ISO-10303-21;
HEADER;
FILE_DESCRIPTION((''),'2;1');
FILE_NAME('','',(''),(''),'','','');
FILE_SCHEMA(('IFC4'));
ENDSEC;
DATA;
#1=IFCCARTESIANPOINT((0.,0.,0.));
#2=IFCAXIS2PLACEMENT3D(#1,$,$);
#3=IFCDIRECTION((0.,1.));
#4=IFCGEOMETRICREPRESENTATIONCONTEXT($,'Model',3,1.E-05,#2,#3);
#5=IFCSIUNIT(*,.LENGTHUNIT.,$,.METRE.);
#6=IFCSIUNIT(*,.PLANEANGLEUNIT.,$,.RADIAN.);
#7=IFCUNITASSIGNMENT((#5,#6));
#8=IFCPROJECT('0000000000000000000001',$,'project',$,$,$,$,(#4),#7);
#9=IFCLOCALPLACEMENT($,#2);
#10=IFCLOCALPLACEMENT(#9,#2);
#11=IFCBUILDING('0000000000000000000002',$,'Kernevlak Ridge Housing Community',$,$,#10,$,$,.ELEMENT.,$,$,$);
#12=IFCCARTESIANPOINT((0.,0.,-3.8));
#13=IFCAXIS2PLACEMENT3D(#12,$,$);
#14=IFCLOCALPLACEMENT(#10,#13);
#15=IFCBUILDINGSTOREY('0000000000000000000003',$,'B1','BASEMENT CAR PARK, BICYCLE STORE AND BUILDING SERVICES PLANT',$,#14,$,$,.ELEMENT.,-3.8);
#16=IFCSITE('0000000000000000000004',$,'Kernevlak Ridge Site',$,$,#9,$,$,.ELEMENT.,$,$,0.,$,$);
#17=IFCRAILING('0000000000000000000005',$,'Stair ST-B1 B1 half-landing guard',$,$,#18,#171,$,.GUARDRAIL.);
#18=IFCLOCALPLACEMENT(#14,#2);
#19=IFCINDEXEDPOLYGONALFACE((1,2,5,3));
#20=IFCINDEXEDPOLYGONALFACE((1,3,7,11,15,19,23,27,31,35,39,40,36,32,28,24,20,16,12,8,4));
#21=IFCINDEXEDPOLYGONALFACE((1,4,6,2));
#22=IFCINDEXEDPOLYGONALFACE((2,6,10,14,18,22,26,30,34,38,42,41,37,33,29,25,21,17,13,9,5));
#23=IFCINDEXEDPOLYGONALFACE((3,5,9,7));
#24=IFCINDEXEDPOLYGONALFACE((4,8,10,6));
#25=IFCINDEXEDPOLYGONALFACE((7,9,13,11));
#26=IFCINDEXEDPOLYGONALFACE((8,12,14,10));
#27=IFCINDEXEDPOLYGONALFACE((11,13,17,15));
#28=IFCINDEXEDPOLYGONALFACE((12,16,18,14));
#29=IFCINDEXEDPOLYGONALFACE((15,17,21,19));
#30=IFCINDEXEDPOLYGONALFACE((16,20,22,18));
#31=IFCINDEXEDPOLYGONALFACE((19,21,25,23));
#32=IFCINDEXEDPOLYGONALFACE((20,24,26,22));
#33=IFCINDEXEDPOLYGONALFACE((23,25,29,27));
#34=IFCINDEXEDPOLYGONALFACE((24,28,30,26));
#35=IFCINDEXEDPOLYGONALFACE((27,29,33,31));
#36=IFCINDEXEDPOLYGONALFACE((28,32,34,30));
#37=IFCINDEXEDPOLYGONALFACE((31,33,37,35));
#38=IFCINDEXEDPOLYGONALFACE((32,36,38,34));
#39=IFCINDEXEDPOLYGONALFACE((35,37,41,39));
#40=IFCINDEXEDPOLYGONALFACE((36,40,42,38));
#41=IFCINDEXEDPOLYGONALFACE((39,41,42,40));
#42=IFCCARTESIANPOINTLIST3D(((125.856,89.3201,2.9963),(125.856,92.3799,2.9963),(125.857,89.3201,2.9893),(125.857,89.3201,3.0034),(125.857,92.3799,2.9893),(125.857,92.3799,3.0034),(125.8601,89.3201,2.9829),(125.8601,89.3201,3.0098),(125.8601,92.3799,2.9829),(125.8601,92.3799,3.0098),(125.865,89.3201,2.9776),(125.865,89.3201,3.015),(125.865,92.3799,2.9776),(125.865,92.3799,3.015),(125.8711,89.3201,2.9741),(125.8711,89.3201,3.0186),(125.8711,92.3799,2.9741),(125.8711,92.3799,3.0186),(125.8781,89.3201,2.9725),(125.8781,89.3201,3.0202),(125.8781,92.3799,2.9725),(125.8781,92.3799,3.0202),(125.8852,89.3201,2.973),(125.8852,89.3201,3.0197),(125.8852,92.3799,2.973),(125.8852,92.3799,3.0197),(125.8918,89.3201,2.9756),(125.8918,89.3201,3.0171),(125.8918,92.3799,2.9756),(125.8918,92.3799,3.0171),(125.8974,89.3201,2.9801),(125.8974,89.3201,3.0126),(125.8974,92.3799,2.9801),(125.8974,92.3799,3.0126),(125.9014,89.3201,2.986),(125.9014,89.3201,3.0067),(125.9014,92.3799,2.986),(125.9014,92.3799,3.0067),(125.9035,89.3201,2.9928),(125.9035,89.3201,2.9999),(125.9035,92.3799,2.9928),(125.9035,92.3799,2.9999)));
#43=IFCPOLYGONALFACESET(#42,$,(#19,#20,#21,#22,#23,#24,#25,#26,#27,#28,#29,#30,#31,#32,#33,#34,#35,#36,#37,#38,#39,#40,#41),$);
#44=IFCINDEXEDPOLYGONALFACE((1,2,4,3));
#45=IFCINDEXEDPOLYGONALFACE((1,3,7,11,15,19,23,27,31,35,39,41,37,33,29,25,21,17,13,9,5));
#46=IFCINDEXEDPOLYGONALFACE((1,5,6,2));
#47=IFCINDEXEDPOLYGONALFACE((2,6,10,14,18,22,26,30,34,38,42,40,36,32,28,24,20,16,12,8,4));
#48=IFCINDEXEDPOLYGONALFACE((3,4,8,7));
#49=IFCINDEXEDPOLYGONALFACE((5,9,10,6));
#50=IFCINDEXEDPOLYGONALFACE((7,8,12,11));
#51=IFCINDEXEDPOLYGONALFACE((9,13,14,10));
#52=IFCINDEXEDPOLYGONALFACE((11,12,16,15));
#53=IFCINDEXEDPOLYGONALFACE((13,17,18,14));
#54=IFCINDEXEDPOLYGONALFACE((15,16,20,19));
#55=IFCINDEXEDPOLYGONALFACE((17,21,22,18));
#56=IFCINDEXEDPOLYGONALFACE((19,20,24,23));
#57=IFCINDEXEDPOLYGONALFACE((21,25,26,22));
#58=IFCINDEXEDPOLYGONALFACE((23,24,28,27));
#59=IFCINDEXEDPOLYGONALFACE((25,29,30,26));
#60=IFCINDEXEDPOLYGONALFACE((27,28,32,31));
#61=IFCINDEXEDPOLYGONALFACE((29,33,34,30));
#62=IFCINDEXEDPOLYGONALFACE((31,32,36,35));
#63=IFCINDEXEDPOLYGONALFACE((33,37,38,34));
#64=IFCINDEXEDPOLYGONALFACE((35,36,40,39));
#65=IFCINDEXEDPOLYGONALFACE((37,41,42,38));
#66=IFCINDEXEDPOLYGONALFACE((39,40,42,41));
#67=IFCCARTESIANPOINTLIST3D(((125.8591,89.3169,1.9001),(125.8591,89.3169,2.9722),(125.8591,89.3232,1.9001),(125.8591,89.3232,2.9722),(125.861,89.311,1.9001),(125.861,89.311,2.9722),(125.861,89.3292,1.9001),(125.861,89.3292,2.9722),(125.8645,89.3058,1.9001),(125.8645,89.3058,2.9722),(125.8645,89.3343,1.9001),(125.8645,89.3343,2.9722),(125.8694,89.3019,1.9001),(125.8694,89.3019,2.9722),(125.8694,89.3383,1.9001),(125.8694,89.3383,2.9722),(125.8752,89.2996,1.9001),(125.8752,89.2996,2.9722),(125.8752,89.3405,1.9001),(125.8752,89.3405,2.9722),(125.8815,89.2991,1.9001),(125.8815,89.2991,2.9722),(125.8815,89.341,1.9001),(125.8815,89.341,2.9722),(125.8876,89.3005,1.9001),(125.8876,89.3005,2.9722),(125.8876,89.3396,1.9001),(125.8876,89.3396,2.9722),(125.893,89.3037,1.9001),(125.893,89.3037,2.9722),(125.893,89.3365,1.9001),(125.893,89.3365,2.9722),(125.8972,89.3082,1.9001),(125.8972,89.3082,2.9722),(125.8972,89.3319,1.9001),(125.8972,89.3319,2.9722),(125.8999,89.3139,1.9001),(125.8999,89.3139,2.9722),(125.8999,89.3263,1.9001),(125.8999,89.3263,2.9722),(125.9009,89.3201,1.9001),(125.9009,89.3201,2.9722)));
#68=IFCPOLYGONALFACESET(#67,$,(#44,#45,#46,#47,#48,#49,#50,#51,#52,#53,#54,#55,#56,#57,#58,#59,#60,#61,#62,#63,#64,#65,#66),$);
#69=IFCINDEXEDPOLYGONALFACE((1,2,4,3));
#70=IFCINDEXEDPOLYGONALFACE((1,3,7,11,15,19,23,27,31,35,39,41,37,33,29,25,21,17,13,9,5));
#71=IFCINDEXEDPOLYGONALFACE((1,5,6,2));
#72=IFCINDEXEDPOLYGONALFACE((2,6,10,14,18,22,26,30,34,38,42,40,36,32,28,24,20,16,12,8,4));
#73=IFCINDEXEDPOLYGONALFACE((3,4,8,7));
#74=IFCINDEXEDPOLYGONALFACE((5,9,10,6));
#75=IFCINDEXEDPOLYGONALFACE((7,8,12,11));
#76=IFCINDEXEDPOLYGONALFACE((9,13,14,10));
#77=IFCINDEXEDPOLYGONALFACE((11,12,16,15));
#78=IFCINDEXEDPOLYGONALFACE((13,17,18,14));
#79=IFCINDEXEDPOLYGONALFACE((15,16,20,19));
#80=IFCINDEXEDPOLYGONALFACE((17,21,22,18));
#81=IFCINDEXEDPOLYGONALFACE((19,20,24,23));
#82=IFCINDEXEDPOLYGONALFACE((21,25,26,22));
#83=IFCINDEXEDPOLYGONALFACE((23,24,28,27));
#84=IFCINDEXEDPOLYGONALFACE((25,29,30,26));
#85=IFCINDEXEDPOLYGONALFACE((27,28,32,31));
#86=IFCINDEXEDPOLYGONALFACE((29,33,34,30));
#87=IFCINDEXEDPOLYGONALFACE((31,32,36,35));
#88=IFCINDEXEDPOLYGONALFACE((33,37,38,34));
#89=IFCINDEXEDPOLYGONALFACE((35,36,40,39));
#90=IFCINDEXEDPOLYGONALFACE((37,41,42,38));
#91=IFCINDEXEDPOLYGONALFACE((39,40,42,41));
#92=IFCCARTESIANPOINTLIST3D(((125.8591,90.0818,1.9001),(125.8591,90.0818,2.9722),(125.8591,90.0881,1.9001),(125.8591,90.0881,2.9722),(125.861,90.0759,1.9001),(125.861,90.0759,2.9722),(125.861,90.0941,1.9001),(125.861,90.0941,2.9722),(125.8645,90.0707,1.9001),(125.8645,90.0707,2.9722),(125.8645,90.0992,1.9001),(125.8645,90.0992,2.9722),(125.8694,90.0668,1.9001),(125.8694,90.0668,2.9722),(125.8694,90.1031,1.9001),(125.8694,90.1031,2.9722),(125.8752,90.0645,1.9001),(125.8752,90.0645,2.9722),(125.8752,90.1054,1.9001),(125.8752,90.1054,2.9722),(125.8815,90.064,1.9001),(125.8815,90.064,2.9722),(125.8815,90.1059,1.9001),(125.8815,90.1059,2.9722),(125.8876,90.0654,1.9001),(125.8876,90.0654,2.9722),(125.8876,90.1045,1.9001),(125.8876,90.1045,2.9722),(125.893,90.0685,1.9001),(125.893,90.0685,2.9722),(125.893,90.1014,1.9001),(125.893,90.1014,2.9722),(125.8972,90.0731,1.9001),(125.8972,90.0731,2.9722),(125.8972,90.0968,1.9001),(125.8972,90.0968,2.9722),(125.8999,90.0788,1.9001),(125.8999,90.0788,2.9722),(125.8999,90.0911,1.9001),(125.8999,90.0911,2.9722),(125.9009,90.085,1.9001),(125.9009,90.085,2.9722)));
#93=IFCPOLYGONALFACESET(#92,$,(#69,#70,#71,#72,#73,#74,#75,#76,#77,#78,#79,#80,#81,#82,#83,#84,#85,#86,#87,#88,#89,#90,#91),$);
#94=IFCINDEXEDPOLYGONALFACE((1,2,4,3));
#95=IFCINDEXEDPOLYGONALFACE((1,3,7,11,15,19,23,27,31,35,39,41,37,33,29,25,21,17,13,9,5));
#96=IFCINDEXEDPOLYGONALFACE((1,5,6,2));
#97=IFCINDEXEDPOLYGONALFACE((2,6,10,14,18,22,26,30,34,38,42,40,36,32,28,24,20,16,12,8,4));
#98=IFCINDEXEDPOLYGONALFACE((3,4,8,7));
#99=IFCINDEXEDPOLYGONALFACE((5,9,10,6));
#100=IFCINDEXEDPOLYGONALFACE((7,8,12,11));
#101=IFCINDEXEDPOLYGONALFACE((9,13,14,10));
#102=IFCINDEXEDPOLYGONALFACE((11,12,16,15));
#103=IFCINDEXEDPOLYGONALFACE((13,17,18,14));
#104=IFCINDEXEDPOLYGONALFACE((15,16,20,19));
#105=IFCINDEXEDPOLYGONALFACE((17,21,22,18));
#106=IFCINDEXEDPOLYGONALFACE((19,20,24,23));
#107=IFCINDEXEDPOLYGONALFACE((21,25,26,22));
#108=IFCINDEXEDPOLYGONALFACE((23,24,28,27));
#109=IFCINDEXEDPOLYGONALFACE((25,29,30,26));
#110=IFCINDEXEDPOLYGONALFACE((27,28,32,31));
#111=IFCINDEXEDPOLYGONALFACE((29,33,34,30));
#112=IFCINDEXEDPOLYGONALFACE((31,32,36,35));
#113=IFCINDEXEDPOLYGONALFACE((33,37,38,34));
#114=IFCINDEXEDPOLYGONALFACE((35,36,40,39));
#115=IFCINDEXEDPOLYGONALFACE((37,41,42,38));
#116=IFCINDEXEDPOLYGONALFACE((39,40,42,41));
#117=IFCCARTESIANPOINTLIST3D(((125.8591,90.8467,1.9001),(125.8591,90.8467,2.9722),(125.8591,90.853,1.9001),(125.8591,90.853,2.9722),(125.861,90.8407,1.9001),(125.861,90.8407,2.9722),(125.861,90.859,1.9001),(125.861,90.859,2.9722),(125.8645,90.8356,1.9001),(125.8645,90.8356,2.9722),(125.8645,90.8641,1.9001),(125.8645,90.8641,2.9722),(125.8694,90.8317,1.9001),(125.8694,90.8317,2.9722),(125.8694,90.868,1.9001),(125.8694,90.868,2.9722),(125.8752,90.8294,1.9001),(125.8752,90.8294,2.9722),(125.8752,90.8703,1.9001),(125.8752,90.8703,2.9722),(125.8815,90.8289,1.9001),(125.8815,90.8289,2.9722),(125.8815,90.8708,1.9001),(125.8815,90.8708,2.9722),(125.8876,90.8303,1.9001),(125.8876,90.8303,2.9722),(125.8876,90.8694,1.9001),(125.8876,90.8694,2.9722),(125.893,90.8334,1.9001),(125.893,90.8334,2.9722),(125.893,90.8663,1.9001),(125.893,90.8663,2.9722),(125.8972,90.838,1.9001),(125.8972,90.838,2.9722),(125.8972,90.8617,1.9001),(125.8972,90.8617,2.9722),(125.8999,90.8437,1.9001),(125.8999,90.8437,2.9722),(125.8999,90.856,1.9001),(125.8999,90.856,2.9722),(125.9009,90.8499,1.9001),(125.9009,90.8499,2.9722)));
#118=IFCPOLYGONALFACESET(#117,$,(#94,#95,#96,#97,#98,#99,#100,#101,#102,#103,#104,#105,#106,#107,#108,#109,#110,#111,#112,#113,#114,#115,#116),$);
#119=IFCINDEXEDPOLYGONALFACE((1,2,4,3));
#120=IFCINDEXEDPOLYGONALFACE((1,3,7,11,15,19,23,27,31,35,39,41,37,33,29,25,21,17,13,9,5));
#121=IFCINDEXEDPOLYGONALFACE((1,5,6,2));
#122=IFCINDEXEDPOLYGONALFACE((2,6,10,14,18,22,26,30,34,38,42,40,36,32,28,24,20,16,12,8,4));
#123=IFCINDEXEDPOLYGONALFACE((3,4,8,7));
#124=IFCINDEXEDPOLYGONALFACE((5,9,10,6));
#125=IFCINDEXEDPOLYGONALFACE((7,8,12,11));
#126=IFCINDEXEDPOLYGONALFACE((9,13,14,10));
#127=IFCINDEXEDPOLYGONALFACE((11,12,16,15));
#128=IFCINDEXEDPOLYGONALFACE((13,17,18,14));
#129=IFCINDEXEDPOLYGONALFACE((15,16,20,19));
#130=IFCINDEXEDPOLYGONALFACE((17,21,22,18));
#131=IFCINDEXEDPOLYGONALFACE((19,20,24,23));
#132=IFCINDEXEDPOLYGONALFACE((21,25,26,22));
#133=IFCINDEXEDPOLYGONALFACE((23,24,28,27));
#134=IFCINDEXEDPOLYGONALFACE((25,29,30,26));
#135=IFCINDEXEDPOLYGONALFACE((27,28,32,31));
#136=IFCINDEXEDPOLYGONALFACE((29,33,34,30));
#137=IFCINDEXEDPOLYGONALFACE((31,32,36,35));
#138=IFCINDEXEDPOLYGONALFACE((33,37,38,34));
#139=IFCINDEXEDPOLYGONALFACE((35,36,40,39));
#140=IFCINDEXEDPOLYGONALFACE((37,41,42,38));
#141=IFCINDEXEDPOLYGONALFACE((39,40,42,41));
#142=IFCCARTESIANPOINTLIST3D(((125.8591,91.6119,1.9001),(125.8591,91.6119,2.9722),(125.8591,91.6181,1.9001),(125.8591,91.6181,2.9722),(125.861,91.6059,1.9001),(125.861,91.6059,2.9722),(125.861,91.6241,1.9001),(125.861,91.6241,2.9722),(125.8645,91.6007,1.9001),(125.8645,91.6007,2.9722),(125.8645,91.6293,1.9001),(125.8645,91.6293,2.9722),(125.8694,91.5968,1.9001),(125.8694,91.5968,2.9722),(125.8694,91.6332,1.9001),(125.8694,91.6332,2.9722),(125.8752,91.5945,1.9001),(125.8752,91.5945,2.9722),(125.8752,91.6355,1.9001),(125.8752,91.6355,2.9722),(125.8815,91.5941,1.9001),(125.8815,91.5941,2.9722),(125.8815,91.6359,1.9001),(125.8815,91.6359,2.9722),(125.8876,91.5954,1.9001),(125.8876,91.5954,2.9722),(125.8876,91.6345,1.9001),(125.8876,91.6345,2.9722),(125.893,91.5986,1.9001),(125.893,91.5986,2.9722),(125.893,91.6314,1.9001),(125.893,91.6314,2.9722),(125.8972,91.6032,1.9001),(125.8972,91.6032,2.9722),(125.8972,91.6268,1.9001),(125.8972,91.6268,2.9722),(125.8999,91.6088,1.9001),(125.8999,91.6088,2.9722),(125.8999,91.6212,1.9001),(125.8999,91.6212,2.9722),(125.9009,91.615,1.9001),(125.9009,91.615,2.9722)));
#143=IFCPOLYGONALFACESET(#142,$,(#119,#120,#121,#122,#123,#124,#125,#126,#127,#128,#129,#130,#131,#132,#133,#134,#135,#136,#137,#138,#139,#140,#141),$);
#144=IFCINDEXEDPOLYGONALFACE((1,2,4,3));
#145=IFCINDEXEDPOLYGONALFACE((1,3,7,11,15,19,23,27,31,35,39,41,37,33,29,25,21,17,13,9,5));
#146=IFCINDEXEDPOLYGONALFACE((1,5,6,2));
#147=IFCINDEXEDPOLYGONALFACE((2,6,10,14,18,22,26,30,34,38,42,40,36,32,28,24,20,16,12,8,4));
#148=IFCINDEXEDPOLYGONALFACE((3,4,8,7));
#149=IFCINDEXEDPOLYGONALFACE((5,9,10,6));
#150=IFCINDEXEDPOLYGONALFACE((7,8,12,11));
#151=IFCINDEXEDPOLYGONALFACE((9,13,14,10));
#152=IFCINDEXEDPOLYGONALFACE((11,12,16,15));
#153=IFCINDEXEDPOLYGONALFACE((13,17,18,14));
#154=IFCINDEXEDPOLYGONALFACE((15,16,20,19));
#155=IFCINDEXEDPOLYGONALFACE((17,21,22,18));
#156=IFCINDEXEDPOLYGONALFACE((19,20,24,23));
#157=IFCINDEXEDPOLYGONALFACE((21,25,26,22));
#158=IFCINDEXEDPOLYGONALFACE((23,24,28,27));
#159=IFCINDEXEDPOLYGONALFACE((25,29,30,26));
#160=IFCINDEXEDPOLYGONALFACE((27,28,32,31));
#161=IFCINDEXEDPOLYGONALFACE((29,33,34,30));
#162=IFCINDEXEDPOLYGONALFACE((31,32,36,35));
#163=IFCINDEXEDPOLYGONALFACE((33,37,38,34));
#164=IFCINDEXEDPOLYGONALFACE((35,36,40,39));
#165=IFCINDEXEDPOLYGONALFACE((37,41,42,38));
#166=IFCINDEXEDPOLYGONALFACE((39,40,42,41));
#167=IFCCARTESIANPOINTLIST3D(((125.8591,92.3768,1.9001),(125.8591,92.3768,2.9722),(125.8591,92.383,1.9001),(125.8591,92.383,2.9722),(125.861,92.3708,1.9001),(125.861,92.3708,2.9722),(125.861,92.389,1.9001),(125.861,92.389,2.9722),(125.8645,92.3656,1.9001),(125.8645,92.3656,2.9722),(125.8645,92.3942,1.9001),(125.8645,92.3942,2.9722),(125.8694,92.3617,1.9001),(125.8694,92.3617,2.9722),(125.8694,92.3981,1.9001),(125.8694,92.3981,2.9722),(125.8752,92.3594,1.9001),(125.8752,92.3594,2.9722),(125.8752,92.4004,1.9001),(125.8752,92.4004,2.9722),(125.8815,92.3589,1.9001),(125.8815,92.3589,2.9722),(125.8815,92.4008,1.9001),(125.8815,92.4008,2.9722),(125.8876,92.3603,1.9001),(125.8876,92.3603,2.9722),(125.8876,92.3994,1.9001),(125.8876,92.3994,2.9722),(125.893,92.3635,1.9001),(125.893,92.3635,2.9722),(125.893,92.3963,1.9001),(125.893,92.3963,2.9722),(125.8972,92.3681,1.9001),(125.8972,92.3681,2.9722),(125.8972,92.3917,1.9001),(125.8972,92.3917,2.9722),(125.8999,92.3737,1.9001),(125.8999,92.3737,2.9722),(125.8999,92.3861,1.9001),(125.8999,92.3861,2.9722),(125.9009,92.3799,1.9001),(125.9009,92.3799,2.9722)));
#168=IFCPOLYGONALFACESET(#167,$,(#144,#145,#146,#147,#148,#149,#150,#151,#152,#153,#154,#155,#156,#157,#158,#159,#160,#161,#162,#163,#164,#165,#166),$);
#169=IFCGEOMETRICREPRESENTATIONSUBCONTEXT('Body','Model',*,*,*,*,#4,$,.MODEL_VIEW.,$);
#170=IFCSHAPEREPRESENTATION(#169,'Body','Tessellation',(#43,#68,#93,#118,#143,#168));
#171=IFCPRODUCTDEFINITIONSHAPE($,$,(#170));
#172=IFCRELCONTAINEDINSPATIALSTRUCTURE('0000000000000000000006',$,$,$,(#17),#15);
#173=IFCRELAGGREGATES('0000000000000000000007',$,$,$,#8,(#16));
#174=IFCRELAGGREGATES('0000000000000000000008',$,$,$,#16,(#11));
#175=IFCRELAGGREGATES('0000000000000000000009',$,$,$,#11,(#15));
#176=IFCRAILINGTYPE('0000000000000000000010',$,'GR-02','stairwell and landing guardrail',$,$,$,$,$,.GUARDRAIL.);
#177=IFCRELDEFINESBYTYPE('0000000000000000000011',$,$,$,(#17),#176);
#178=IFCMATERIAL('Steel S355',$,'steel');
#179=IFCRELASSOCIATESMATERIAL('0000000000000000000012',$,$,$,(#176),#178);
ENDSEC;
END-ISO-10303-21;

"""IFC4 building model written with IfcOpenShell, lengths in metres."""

from ifc_helpers import new_model, si_unit, direction, frame, origin, origin_2d, place, context, subcontext, project, spatial, circle, extrude, material, type_object, element, save


model = new_model("IFC4")

# Units and contexts
model_context = context("Model", 3, precision=1e-05, world=origin(), true_north=direction((0.0, 1.0)))
body_context = subcontext(model_context, "Body", "Model", "MODEL_VIEW")
ifc_project = project(units=[si_unit("LENGTHUNIT", "METRE"), si_unit("PLANEANGLEUNIT", "RADIAN")], contexts=[model_context])

# Site, building, storey
site_placement = place(None, origin())
site = spatial("IfcSite", under=ifc_project, at=site_placement, Name="Kernevlak Ridge Site", CompositionType="ELEMENT", RefElevation=0.0)
building_placement = place(site_placement, origin())
building = spatial("IfcBuilding", under=site, at=building_placement, Name="Kernevlak Ridge Housing Community", CompositionType="ELEMENT")
storey_placement = place(building_placement, frame((0.0, 0.0, -3.8)))
storey = spatial("IfcBuildingStorey", under=building, at=storey_placement, Name="B1", Description="BASEMENT CAR PARK, BICYCLE STORE AND BUILDING SERVICES PLANT", CompositionType="ELEMENT", Elevation=-3.8)

# Railing
ifc_material_1 = material(Name="Steel S355", Category="steel")
railing_type_1 = type_object("IfcRailingType", Name="GR-02", Description="stairwell and landing guardrail", PredefinedType="GUARDRAIL", material=ifc_material_1)
railing_1_placement = place(storey_placement, frame((125.8799, 89.3201, 1.9001)))
element("IfcRailing", 1, at=railing_1_placement, inside=storey, type_object=railing_type_1, Name="Stair ST-B1 B1 half-landing guard", PredefinedType="GUARDRAIL", context=body_context, shape_type="SweptSolid", body=[
    extrude(circle(Radius=0.0239, at=origin_2d()), frame((0.0, 0.0, 1.0962), z_axis=(0.0, 1.0, 0.0), x_axis=(-1.0, 0.0, 0.0)), (0.0, 0.0, 1.0), 3.0598),
    extrude(circle(Radius=0.021, at=origin_2d()), origin(), (0.0, 0.0, 1.0), 1.072),
    extrude(circle(Radius=0.021, at=origin_2d()), frame((0.0, 0.7649, 0.0)), (0.0, 0.0, 1.0), 1.072),
    extrude(circle(Radius=0.021, at=origin_2d()), frame((0.0, 1.5298, 0.0)), (0.0, 0.0, 1.0), 1.072),
    extrude(circle(Radius=0.021, at=origin_2d()), frame((0.0, 2.2949, 0.0)), (0.0, 0.0, 1.0), 1.072),
    extrude(circle(Radius=0.021, at=origin_2d()), frame((0.0, 3.0598, 0.0)), (0.0, 0.0, 1.0), 1.072),
])

save(model, "model.ifc")
